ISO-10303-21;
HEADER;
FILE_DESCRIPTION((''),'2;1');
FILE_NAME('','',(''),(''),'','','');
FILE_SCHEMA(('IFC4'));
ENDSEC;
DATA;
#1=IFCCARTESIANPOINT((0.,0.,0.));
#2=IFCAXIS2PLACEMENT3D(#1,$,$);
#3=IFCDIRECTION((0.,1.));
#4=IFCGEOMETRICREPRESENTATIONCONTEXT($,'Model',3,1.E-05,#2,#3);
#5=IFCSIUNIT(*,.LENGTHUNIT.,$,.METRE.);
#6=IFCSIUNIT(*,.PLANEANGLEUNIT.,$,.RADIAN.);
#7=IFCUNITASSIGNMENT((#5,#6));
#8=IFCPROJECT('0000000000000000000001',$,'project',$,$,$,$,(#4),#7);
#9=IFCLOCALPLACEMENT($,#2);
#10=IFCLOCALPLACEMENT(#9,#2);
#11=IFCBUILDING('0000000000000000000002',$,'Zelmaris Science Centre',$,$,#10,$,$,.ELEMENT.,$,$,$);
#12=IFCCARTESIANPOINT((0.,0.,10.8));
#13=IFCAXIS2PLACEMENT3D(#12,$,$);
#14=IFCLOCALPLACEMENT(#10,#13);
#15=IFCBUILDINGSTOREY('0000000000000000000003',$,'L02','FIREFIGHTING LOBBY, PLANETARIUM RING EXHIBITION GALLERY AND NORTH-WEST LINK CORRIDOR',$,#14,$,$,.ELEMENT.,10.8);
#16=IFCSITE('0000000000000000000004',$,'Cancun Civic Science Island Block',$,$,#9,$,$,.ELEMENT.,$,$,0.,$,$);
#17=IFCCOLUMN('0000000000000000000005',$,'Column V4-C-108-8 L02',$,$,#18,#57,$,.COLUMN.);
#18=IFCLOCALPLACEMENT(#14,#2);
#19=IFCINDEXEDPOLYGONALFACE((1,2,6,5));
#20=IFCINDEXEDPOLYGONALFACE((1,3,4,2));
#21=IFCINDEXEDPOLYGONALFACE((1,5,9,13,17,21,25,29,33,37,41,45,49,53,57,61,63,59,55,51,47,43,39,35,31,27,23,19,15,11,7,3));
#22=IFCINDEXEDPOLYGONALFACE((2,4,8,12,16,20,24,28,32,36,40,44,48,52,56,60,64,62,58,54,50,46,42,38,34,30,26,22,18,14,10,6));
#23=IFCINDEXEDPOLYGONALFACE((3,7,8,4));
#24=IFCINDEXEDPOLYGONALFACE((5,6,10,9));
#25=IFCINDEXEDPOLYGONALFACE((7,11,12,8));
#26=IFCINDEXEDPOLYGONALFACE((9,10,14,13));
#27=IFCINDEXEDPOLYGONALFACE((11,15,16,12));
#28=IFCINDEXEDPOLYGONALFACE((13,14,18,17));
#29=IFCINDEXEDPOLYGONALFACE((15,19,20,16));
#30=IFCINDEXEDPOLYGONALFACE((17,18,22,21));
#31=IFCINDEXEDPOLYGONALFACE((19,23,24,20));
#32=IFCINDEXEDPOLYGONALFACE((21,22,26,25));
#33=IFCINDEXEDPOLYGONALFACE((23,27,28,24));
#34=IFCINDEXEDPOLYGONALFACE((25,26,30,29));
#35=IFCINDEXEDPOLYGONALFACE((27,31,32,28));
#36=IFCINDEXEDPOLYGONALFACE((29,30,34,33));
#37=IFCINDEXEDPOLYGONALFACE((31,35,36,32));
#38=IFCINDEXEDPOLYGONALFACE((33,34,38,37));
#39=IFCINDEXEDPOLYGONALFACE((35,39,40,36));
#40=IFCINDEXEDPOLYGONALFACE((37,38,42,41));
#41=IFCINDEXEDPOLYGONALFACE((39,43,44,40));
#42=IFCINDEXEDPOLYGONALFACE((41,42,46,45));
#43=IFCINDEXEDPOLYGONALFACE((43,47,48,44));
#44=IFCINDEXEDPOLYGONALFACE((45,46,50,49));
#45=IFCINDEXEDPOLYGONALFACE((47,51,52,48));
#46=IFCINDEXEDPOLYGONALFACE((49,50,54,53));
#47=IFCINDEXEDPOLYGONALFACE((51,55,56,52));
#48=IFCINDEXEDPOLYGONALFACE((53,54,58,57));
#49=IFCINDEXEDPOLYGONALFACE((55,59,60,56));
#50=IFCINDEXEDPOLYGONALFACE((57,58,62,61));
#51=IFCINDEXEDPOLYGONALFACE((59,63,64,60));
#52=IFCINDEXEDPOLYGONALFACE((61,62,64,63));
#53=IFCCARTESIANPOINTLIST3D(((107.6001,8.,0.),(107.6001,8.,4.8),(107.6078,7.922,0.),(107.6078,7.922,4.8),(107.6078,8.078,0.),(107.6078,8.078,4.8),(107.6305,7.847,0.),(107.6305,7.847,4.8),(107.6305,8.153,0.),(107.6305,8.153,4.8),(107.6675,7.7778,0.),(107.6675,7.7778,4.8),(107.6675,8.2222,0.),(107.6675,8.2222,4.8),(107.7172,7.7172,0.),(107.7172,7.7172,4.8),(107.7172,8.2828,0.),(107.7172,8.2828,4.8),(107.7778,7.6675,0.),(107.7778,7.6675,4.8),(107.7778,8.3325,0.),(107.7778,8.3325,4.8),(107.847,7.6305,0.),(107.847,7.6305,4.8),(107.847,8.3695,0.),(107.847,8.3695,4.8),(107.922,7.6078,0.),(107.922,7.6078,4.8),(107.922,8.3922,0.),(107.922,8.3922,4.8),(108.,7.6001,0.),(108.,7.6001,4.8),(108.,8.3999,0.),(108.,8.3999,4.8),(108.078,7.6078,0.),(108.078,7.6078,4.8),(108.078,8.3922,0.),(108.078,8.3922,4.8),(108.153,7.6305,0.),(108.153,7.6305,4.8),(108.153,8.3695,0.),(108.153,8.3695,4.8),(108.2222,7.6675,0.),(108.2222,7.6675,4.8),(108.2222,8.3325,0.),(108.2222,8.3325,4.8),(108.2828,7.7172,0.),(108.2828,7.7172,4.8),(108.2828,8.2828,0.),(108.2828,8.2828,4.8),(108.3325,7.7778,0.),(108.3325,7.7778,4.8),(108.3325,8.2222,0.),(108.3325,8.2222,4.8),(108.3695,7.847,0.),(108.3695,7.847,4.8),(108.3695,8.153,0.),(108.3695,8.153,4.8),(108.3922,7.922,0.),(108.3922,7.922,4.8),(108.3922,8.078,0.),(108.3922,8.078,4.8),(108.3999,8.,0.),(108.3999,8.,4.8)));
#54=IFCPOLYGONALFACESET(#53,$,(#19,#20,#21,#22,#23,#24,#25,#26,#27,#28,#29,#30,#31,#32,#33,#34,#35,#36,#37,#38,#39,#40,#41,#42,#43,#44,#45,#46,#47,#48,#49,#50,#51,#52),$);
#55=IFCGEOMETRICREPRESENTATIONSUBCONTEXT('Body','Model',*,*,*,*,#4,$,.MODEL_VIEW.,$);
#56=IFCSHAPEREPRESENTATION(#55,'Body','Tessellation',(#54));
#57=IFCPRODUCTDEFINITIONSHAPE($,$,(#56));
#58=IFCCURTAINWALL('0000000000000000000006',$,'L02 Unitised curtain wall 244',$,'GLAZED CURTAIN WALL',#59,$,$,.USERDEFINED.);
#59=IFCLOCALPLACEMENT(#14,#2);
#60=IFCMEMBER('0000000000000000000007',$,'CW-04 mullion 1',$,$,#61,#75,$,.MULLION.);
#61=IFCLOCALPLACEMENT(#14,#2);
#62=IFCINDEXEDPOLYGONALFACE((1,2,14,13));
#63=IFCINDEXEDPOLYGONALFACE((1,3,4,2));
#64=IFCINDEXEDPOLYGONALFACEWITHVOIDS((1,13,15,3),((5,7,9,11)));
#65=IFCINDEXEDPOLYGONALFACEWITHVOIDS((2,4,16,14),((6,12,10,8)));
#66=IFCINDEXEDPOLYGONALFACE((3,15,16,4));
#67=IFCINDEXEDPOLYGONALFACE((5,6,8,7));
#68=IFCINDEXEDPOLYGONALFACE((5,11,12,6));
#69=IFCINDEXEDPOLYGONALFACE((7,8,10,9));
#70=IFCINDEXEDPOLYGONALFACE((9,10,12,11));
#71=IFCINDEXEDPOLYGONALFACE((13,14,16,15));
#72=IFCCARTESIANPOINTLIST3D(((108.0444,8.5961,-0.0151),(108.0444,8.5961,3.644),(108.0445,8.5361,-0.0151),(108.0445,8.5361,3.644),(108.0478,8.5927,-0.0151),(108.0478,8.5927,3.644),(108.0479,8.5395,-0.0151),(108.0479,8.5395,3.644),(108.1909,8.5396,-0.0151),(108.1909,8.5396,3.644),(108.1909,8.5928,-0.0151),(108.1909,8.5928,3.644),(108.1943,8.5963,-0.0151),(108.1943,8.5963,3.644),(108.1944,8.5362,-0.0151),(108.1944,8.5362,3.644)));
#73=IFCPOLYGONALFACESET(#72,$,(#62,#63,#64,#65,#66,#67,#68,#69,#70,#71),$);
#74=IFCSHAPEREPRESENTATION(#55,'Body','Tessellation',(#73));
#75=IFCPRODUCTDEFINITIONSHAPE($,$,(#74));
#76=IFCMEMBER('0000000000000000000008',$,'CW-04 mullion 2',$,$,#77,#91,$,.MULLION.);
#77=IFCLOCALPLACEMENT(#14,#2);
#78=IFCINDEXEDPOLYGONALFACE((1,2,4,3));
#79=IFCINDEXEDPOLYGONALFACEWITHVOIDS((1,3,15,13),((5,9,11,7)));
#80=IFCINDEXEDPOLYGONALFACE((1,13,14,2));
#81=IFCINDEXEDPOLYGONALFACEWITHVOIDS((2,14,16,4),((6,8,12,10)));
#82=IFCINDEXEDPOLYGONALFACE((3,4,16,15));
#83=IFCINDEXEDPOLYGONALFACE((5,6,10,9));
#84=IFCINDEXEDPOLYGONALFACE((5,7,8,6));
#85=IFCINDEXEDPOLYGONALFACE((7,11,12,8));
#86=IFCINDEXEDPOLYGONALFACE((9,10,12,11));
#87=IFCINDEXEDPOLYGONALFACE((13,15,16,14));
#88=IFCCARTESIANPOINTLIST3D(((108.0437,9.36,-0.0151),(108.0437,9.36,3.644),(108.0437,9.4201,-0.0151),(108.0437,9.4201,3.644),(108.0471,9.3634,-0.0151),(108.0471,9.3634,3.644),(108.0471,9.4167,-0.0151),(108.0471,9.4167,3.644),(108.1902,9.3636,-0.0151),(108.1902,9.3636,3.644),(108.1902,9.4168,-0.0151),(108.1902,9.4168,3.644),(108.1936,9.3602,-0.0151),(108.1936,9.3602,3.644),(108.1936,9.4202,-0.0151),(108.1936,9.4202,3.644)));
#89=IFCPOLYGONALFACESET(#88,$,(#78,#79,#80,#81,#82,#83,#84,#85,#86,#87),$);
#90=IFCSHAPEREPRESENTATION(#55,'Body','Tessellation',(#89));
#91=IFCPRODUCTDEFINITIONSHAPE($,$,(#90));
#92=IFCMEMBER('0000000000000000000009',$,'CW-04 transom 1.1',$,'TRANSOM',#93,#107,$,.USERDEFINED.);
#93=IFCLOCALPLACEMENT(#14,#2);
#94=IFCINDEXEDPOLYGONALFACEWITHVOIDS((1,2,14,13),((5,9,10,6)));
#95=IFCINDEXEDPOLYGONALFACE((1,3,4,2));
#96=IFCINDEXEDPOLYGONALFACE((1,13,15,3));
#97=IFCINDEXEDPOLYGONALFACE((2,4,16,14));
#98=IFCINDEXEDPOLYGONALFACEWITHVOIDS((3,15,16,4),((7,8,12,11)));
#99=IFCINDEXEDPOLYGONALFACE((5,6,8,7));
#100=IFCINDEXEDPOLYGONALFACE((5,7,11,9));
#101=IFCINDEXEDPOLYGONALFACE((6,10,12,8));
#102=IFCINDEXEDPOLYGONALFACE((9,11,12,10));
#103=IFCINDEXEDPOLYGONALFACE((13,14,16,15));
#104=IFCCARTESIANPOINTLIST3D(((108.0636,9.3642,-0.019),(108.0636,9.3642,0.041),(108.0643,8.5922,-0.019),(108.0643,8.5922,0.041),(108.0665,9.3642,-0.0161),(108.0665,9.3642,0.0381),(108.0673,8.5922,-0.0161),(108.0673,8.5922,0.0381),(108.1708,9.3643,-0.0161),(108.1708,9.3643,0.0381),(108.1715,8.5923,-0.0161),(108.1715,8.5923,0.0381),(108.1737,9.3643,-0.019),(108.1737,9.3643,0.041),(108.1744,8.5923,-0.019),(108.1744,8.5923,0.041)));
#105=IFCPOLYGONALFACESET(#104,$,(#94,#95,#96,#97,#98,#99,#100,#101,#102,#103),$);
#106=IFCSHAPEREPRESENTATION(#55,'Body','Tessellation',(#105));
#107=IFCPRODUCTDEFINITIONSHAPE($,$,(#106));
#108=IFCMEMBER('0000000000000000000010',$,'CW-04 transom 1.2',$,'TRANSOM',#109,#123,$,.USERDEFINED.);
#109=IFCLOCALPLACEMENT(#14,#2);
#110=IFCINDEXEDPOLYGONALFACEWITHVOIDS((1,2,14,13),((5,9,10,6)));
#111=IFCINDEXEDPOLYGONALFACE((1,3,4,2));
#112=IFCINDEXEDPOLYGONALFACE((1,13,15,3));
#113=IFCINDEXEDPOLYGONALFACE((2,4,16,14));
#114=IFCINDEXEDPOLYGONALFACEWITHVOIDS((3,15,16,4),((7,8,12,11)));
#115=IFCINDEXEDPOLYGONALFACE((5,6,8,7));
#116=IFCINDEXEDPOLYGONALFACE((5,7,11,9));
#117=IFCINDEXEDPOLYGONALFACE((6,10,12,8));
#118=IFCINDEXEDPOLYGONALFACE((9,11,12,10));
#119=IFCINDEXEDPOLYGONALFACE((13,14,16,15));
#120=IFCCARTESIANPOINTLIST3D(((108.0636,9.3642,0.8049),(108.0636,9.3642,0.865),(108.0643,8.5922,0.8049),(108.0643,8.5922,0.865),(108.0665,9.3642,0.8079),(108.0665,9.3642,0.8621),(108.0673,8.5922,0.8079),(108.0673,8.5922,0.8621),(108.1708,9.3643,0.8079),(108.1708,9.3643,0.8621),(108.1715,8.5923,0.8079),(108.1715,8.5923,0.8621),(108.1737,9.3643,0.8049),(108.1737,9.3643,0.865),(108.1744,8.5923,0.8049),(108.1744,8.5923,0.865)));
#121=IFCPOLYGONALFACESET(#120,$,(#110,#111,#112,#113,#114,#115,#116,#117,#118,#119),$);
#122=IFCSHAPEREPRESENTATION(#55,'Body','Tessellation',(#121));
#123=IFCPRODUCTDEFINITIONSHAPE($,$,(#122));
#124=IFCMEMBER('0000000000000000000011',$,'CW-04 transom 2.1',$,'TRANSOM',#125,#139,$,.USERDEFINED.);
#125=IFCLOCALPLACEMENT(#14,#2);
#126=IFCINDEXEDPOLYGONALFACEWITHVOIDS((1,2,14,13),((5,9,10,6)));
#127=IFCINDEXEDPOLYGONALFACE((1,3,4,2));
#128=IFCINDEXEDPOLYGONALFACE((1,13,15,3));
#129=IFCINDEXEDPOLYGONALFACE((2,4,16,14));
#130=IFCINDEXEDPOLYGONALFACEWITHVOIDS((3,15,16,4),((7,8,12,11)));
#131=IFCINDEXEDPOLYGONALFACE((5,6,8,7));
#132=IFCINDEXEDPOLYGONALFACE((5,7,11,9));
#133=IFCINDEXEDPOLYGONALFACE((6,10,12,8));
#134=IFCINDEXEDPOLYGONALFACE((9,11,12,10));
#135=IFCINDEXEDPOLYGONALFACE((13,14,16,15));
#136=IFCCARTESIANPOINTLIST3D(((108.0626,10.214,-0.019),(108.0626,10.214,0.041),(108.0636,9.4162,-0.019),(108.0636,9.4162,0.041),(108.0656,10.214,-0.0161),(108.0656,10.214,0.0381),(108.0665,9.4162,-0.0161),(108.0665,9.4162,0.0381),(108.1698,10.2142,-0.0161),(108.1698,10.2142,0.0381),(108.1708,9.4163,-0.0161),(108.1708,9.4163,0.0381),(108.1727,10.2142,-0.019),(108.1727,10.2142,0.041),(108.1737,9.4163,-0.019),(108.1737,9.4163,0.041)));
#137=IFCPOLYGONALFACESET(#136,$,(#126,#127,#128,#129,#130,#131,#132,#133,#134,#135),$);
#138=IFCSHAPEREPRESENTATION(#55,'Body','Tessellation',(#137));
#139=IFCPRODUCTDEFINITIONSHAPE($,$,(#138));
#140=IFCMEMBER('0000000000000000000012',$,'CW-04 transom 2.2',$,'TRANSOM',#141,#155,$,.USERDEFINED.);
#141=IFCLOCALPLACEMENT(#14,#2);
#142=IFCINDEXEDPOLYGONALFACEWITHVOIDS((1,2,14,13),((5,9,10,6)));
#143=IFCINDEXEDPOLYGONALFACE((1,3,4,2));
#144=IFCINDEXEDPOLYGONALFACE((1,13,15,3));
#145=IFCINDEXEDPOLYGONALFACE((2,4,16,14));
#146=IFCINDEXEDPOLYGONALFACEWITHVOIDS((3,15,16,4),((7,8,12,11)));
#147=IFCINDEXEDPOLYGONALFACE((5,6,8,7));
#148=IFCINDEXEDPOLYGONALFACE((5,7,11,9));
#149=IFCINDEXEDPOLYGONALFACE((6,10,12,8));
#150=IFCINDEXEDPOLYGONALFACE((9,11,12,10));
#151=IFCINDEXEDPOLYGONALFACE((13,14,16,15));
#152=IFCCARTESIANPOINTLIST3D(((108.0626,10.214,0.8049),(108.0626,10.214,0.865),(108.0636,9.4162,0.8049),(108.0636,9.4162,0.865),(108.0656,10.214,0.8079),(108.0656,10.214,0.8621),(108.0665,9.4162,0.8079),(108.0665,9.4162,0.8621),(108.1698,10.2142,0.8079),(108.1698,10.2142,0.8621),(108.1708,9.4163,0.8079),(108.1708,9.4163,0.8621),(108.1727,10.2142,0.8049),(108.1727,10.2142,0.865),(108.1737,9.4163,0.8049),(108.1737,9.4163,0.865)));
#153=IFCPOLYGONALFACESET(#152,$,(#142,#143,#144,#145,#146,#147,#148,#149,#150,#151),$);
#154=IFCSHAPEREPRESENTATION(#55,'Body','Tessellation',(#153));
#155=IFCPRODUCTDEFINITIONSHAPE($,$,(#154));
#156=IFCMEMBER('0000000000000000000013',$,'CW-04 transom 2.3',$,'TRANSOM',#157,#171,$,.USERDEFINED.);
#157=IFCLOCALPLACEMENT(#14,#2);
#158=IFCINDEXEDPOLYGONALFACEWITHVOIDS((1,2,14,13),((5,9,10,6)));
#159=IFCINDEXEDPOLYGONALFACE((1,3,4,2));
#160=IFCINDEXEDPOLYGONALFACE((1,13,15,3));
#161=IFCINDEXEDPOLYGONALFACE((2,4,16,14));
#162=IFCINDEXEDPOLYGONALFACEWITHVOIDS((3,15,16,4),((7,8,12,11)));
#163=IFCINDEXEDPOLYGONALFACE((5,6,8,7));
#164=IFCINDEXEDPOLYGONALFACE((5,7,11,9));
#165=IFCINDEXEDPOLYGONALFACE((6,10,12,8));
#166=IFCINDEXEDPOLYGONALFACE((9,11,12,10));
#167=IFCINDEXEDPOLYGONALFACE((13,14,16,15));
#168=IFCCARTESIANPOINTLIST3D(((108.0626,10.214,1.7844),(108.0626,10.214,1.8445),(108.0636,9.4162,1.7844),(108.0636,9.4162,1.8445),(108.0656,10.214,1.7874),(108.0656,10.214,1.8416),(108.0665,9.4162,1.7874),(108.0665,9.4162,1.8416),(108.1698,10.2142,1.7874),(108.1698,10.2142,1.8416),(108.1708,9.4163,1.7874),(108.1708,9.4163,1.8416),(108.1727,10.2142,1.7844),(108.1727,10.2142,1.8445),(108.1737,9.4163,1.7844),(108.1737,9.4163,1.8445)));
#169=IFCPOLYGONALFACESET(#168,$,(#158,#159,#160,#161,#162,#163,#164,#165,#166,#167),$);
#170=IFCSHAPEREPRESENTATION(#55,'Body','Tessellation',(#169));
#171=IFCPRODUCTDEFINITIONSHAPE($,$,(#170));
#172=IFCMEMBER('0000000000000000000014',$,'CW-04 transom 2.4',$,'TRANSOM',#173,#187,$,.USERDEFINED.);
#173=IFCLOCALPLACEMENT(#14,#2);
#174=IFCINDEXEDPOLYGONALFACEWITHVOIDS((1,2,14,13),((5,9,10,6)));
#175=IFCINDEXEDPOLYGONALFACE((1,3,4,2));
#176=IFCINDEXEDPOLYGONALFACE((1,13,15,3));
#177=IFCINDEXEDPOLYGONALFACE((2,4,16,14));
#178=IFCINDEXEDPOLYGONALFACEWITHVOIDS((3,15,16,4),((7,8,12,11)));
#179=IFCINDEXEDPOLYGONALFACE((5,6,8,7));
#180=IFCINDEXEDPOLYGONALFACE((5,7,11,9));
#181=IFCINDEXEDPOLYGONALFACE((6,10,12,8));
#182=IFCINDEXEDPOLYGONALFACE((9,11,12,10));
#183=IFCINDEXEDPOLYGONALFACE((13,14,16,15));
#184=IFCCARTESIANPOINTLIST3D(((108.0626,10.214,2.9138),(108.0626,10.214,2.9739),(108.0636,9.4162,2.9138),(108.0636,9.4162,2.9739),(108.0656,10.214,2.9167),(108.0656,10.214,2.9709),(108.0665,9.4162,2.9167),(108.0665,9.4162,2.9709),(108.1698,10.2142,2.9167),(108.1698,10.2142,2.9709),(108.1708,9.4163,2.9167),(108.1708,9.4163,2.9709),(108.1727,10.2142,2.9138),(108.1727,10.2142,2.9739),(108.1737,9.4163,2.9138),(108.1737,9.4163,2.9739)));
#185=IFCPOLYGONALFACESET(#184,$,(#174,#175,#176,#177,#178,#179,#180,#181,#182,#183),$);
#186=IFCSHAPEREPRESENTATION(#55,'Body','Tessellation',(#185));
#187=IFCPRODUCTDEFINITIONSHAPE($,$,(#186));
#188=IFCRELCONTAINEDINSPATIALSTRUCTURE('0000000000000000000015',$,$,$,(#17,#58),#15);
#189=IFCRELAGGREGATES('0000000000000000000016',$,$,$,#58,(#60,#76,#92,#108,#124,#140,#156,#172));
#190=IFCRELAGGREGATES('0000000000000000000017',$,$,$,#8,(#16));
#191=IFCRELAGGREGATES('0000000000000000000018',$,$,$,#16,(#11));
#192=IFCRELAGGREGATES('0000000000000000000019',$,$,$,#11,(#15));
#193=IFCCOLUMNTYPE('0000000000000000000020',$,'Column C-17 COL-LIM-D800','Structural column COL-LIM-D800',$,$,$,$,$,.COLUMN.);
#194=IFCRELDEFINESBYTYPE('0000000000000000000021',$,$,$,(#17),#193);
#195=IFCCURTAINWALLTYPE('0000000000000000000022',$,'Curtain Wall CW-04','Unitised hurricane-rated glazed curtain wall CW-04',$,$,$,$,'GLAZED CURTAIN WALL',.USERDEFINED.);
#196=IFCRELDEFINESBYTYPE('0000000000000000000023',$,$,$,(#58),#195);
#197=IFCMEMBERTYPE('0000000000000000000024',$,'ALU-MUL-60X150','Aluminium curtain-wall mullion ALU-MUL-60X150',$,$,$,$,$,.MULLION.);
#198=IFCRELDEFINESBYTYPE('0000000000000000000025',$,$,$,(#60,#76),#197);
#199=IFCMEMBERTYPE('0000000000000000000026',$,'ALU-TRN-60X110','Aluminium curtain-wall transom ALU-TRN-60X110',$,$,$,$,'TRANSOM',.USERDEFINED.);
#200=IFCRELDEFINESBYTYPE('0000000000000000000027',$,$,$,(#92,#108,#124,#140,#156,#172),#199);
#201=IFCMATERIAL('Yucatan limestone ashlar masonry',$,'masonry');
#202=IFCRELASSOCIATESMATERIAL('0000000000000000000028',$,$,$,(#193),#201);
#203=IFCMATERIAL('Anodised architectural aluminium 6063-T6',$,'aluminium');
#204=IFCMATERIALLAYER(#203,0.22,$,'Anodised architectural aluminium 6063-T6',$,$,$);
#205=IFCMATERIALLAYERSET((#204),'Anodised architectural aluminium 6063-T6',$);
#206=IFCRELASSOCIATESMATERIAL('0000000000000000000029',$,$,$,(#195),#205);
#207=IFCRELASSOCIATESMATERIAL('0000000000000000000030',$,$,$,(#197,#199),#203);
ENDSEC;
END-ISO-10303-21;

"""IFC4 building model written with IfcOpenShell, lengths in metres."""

from ifc_helpers import new_model, si_unit, direction, frame, origin, origin_2d, place, context, subcontext, project, spatial, hollow_rectangle, circle, extrude, material, layer, layer_set, material_profile, profile_set, type_object, element, aggregate, save


model = new_model("IFC4")

# Units and contexts
model_context = context("Model", 3, precision=1e-05, world=origin(), true_north=direction((0.0, 1.0)))
body_context = subcontext(model_context, "Body", "Model", "MODEL_VIEW")
ifc_project = project(units=[si_unit("LENGTHUNIT", "METRE"), si_unit("PLANEANGLEUNIT", "RADIAN")], contexts=[model_context])

# Site, building, storey
site_placement = place(None, origin())
site = spatial("IfcSite", under=ifc_project, at=site_placement, Name="Cancun Civic Science Island Block", CompositionType="ELEMENT", RefElevation=0.0)
building_placement = place(site_placement, origin())
building = spatial("IfcBuilding", under=site, at=building_placement, Name="Zelmaris Science Centre", CompositionType="ELEMENT")
storey_placement = place(building_placement, frame((0.0, 0.0, 10.8)))
storey = spatial("IfcBuildingStorey", under=building, at=storey_placement, Name="L02", Description="FIREFIGHTING LOBBY, PLANETARIUM RING EXHIBITION GALLERY AND NORTH-WEST LINK CORRIDOR", CompositionType="ELEMENT", Elevation=10.8)

# Column
ifc_material_1 = material(Name="Yucatan limestone ashlar masonry", Category="masonry")
ifc_material_profile_1 = material_profile(ifc_material_1, circle(Radius=0.3999, at=origin_2d()), Name="COL-LIM-D800")
ifc_profile_set_1 = profile_set([ifc_material_profile_1], Name="Yucatan limestone ashlar masonry")
column_type = type_object("IfcColumnType", Name="Column C-17 COL-LIM-D800", Description="Structural column COL-LIM-D800", PredefinedType="COLUMN", material=ifc_profile_set_1)
column_placement = place(storey_placement, frame((108.0, 8.0, 0.0), z_axis=(0.0, 0.0, 1.0), x_axis=(1.0, 0.0, 0.0)))
element("IfcColumn", 1, at=column_placement, inside=storey, type_object=column_type, Name="Column V4-C-108-8 L02", PredefinedType="COLUMN", context=body_context, shape_type="SweptSolid", body=[
    extrude(circle(Radius=0.3999, at=origin_2d()), origin(), (0.0, 0.0, 1.0), 4.8),
])

# Curtain wall, members
ifc_material_2 = material(Name="Anodised architectural aluminium 6063-T6", Category="aluminium")
ifc_layer_1 = layer(ifc_material_2, 0.22, Name="Anodised architectural aluminium 6063-T6")
ifc_layer_set_1 = layer_set([ifc_layer_1], Name="Anodised architectural aluminium 6063-T6")
curtain_wall_type = type_object("IfcCurtainWallType", Name="Curtain Wall CW-04", Description="Unitised hurricane-rated glazed curtain wall CW-04", ElementType="GLAZED CURTAIN WALL", PredefinedType="USERDEFINED", material=ifc_layer_set_1)
curtain_wall_placement = place(storey_placement, origin())
curtain_wall = element("IfcCurtainWall", 2, at=curtain_wall_placement, inside=storey, type_object=curtain_wall_type, Name="L02 Unitised curtain wall 244", ObjectType="GLAZED CURTAIN WALL", PredefinedType="USERDEFINED")
ifc_material_profile_2 = material_profile(ifc_material_2, hollow_rectangle(XDim=0.0601, YDim=0.1499, WallThickness=0.0034, at=origin_2d()), Name="ALU-MUL-60X150")
ifc_profile_set_2 = profile_set([ifc_material_profile_2], Name="Anodised architectural aluminium 6063-T6")
member_type_1 = type_object("IfcMemberType", Name="ALU-MUL-60X150", Description="Aluminium curtain-wall mullion ALU-MUL-60X150", PredefinedType="MULLION", material=ifc_profile_set_2)
member_1_placement = place(storey_placement, frame((108.1194, 8.5662, -0.0151), z_axis=(0.0, 0.0, 1.0), x_axis=(-0.001054, 0.999999, 0.0)))
member_1 = element("IfcMember", 3, at=member_1_placement, type_object=member_type_1, Name="CW-04 mullion 1", PredefinedType="MULLION", context=body_context, shape_type="SweptSolid", body=[
    extrude(hollow_rectangle(XDim=0.0601, YDim=0.1499, WallThickness=0.0034, at=origin_2d()), origin(), (0.0, 0.0, 1.0), 3.6592),
])
member_2_placement = place(storey_placement, frame((108.1187, 9.3901, -0.0151), z_axis=(0.0, 0.0, 1.0), x_axis=(-0.001054, 0.999999, 0.0)))
member_2 = element("IfcMember", 4, at=member_2_placement, type_object=member_type_1, Name="CW-04 mullion 2", PredefinedType="MULLION", context=body_context, shape_type="SweptSolid", body=[
    extrude(hollow_rectangle(XDim=0.0601, YDim=0.1499, WallThickness=0.0034, at=origin_2d()), origin(), (0.0, 0.0, 1.0), 3.6592),
])
ifc_material_profile_3 = material_profile(ifc_material_2, hollow_rectangle(XDim=0.0601, YDim=0.1101, WallThickness=0.0029, at=origin_2d()), Name="ALU-TRN-60X110")
ifc_profile_set_3 = profile_set([ifc_material_profile_3], Name="Anodised architectural aluminium 6063-T6")
member_type_2 = type_object("IfcMemberType", Name="ALU-TRN-60X110", Description="Aluminium curtain-wall transom ALU-TRN-60X110", ElementType="TRANSOM", PredefinedType="USERDEFINED", material=ifc_profile_set_3)
member_3_placement = place(storey_placement, frame((108.1194, 8.5923, 0.011), z_axis=(-0.000949, 1.0, 0.0), x_axis=(0.0, 0.0, 1.0)))
member_3 = element("IfcMember", 5, at=member_3_placement, type_object=member_type_2, Name="CW-04 transom 1.1", ObjectType="TRANSOM", PredefinedType="USERDEFINED", context=body_context, shape_type="SweptSolid", body=[
    extrude(hollow_rectangle(XDim=0.0601, YDim=0.1101, WallThickness=0.0029, at=origin_2d()), origin(), (0.0, 0.0, 1.0), 0.772),
])
member_4_placement = place(storey_placement, frame((108.1194, 8.5923, 0.835), z_axis=(-0.000949, 1.0, 0.0), x_axis=(0.0, 0.0, 1.0)))
member_4 = element("IfcMember", 6, at=member_4_placement, type_object=member_type_2, Name="CW-04 transom 1.2", ObjectType="TRANSOM", PredefinedType="USERDEFINED", context=body_context, shape_type="SweptSolid", body=[
    extrude(hollow_rectangle(XDim=0.0601, YDim=0.1101, WallThickness=0.0029, at=origin_2d()), origin(), (0.0, 0.0, 1.0), 0.772),
])
member_5_placement = place(storey_placement, frame((108.1187, 9.4163, 0.011), z_axis=(-0.001224, 0.999999, 0.0), x_axis=(0.0, 0.0, 1.0)))
member_5 = element("IfcMember", 7, at=member_5_placement, type_object=member_type_2, Name="CW-04 transom 2.1", ObjectType="TRANSOM", PredefinedType="USERDEFINED", context=body_context, shape_type="SweptSolid", body=[
    extrude(hollow_rectangle(XDim=0.0601, YDim=0.1101, WallThickness=0.0029, at=origin_2d()), origin(), (0.0, 0.0, 1.0), 0.7979),
])
member_6_placement = place(storey_placement, frame((108.1187, 9.4163, 0.835), z_axis=(-0.001224, 0.999999, 0.0), x_axis=(0.0, 0.0, 1.0)))
member_6 = element("IfcMember", 8, at=member_6_placement, type_object=member_type_2, Name="CW-04 transom 2.2", ObjectType="TRANSOM", PredefinedType="USERDEFINED", context=body_context, shape_type="SweptSolid", body=[
    extrude(hollow_rectangle(XDim=0.0601, YDim=0.1101, WallThickness=0.0029, at=origin_2d()), origin(), (0.0, 0.0, 1.0), 0.7979),
])
member_7_placement = place(storey_placement, frame((108.1187, 9.4163, 1.8145), z_axis=(-0.001224, 0.999999, 0.0), x_axis=(0.0, 0.0, 1.0)))
member_7 = element("IfcMember", 9, at=member_7_placement, type_object=member_type_2, Name="CW-04 transom 2.3", ObjectType="TRANSOM", PredefinedType="USERDEFINED", context=body_context, shape_type="SweptSolid", body=[
    extrude(hollow_rectangle(XDim=0.0601, YDim=0.1101, WallThickness=0.0029, at=origin_2d()), origin(), (0.0, 0.0, 1.0), 0.7979),
])
member_8_placement = place(storey_placement, frame((108.1187, 9.4163, 2.9438), z_axis=(-0.001224, 0.999999, 0.0), x_axis=(0.0, 0.0, 1.0)))
member_8 = element("IfcMember", 10, at=member_8_placement, type_object=member_type_2, Name="CW-04 transom 2.4", ObjectType="TRANSOM", PredefinedType="USERDEFINED", context=body_context, shape_type="SweptSolid", body=[
    extrude(hollow_rectangle(XDim=0.0601, YDim=0.1101, WallThickness=0.0029, at=origin_2d()), origin(), (0.0, 0.0, 1.0), 0.7979),
])

aggregate(curtain_wall, [member_1, member_2, member_3, member_4, member_5, member_6, member_7, member_8])

save(model, "model.ifc")
